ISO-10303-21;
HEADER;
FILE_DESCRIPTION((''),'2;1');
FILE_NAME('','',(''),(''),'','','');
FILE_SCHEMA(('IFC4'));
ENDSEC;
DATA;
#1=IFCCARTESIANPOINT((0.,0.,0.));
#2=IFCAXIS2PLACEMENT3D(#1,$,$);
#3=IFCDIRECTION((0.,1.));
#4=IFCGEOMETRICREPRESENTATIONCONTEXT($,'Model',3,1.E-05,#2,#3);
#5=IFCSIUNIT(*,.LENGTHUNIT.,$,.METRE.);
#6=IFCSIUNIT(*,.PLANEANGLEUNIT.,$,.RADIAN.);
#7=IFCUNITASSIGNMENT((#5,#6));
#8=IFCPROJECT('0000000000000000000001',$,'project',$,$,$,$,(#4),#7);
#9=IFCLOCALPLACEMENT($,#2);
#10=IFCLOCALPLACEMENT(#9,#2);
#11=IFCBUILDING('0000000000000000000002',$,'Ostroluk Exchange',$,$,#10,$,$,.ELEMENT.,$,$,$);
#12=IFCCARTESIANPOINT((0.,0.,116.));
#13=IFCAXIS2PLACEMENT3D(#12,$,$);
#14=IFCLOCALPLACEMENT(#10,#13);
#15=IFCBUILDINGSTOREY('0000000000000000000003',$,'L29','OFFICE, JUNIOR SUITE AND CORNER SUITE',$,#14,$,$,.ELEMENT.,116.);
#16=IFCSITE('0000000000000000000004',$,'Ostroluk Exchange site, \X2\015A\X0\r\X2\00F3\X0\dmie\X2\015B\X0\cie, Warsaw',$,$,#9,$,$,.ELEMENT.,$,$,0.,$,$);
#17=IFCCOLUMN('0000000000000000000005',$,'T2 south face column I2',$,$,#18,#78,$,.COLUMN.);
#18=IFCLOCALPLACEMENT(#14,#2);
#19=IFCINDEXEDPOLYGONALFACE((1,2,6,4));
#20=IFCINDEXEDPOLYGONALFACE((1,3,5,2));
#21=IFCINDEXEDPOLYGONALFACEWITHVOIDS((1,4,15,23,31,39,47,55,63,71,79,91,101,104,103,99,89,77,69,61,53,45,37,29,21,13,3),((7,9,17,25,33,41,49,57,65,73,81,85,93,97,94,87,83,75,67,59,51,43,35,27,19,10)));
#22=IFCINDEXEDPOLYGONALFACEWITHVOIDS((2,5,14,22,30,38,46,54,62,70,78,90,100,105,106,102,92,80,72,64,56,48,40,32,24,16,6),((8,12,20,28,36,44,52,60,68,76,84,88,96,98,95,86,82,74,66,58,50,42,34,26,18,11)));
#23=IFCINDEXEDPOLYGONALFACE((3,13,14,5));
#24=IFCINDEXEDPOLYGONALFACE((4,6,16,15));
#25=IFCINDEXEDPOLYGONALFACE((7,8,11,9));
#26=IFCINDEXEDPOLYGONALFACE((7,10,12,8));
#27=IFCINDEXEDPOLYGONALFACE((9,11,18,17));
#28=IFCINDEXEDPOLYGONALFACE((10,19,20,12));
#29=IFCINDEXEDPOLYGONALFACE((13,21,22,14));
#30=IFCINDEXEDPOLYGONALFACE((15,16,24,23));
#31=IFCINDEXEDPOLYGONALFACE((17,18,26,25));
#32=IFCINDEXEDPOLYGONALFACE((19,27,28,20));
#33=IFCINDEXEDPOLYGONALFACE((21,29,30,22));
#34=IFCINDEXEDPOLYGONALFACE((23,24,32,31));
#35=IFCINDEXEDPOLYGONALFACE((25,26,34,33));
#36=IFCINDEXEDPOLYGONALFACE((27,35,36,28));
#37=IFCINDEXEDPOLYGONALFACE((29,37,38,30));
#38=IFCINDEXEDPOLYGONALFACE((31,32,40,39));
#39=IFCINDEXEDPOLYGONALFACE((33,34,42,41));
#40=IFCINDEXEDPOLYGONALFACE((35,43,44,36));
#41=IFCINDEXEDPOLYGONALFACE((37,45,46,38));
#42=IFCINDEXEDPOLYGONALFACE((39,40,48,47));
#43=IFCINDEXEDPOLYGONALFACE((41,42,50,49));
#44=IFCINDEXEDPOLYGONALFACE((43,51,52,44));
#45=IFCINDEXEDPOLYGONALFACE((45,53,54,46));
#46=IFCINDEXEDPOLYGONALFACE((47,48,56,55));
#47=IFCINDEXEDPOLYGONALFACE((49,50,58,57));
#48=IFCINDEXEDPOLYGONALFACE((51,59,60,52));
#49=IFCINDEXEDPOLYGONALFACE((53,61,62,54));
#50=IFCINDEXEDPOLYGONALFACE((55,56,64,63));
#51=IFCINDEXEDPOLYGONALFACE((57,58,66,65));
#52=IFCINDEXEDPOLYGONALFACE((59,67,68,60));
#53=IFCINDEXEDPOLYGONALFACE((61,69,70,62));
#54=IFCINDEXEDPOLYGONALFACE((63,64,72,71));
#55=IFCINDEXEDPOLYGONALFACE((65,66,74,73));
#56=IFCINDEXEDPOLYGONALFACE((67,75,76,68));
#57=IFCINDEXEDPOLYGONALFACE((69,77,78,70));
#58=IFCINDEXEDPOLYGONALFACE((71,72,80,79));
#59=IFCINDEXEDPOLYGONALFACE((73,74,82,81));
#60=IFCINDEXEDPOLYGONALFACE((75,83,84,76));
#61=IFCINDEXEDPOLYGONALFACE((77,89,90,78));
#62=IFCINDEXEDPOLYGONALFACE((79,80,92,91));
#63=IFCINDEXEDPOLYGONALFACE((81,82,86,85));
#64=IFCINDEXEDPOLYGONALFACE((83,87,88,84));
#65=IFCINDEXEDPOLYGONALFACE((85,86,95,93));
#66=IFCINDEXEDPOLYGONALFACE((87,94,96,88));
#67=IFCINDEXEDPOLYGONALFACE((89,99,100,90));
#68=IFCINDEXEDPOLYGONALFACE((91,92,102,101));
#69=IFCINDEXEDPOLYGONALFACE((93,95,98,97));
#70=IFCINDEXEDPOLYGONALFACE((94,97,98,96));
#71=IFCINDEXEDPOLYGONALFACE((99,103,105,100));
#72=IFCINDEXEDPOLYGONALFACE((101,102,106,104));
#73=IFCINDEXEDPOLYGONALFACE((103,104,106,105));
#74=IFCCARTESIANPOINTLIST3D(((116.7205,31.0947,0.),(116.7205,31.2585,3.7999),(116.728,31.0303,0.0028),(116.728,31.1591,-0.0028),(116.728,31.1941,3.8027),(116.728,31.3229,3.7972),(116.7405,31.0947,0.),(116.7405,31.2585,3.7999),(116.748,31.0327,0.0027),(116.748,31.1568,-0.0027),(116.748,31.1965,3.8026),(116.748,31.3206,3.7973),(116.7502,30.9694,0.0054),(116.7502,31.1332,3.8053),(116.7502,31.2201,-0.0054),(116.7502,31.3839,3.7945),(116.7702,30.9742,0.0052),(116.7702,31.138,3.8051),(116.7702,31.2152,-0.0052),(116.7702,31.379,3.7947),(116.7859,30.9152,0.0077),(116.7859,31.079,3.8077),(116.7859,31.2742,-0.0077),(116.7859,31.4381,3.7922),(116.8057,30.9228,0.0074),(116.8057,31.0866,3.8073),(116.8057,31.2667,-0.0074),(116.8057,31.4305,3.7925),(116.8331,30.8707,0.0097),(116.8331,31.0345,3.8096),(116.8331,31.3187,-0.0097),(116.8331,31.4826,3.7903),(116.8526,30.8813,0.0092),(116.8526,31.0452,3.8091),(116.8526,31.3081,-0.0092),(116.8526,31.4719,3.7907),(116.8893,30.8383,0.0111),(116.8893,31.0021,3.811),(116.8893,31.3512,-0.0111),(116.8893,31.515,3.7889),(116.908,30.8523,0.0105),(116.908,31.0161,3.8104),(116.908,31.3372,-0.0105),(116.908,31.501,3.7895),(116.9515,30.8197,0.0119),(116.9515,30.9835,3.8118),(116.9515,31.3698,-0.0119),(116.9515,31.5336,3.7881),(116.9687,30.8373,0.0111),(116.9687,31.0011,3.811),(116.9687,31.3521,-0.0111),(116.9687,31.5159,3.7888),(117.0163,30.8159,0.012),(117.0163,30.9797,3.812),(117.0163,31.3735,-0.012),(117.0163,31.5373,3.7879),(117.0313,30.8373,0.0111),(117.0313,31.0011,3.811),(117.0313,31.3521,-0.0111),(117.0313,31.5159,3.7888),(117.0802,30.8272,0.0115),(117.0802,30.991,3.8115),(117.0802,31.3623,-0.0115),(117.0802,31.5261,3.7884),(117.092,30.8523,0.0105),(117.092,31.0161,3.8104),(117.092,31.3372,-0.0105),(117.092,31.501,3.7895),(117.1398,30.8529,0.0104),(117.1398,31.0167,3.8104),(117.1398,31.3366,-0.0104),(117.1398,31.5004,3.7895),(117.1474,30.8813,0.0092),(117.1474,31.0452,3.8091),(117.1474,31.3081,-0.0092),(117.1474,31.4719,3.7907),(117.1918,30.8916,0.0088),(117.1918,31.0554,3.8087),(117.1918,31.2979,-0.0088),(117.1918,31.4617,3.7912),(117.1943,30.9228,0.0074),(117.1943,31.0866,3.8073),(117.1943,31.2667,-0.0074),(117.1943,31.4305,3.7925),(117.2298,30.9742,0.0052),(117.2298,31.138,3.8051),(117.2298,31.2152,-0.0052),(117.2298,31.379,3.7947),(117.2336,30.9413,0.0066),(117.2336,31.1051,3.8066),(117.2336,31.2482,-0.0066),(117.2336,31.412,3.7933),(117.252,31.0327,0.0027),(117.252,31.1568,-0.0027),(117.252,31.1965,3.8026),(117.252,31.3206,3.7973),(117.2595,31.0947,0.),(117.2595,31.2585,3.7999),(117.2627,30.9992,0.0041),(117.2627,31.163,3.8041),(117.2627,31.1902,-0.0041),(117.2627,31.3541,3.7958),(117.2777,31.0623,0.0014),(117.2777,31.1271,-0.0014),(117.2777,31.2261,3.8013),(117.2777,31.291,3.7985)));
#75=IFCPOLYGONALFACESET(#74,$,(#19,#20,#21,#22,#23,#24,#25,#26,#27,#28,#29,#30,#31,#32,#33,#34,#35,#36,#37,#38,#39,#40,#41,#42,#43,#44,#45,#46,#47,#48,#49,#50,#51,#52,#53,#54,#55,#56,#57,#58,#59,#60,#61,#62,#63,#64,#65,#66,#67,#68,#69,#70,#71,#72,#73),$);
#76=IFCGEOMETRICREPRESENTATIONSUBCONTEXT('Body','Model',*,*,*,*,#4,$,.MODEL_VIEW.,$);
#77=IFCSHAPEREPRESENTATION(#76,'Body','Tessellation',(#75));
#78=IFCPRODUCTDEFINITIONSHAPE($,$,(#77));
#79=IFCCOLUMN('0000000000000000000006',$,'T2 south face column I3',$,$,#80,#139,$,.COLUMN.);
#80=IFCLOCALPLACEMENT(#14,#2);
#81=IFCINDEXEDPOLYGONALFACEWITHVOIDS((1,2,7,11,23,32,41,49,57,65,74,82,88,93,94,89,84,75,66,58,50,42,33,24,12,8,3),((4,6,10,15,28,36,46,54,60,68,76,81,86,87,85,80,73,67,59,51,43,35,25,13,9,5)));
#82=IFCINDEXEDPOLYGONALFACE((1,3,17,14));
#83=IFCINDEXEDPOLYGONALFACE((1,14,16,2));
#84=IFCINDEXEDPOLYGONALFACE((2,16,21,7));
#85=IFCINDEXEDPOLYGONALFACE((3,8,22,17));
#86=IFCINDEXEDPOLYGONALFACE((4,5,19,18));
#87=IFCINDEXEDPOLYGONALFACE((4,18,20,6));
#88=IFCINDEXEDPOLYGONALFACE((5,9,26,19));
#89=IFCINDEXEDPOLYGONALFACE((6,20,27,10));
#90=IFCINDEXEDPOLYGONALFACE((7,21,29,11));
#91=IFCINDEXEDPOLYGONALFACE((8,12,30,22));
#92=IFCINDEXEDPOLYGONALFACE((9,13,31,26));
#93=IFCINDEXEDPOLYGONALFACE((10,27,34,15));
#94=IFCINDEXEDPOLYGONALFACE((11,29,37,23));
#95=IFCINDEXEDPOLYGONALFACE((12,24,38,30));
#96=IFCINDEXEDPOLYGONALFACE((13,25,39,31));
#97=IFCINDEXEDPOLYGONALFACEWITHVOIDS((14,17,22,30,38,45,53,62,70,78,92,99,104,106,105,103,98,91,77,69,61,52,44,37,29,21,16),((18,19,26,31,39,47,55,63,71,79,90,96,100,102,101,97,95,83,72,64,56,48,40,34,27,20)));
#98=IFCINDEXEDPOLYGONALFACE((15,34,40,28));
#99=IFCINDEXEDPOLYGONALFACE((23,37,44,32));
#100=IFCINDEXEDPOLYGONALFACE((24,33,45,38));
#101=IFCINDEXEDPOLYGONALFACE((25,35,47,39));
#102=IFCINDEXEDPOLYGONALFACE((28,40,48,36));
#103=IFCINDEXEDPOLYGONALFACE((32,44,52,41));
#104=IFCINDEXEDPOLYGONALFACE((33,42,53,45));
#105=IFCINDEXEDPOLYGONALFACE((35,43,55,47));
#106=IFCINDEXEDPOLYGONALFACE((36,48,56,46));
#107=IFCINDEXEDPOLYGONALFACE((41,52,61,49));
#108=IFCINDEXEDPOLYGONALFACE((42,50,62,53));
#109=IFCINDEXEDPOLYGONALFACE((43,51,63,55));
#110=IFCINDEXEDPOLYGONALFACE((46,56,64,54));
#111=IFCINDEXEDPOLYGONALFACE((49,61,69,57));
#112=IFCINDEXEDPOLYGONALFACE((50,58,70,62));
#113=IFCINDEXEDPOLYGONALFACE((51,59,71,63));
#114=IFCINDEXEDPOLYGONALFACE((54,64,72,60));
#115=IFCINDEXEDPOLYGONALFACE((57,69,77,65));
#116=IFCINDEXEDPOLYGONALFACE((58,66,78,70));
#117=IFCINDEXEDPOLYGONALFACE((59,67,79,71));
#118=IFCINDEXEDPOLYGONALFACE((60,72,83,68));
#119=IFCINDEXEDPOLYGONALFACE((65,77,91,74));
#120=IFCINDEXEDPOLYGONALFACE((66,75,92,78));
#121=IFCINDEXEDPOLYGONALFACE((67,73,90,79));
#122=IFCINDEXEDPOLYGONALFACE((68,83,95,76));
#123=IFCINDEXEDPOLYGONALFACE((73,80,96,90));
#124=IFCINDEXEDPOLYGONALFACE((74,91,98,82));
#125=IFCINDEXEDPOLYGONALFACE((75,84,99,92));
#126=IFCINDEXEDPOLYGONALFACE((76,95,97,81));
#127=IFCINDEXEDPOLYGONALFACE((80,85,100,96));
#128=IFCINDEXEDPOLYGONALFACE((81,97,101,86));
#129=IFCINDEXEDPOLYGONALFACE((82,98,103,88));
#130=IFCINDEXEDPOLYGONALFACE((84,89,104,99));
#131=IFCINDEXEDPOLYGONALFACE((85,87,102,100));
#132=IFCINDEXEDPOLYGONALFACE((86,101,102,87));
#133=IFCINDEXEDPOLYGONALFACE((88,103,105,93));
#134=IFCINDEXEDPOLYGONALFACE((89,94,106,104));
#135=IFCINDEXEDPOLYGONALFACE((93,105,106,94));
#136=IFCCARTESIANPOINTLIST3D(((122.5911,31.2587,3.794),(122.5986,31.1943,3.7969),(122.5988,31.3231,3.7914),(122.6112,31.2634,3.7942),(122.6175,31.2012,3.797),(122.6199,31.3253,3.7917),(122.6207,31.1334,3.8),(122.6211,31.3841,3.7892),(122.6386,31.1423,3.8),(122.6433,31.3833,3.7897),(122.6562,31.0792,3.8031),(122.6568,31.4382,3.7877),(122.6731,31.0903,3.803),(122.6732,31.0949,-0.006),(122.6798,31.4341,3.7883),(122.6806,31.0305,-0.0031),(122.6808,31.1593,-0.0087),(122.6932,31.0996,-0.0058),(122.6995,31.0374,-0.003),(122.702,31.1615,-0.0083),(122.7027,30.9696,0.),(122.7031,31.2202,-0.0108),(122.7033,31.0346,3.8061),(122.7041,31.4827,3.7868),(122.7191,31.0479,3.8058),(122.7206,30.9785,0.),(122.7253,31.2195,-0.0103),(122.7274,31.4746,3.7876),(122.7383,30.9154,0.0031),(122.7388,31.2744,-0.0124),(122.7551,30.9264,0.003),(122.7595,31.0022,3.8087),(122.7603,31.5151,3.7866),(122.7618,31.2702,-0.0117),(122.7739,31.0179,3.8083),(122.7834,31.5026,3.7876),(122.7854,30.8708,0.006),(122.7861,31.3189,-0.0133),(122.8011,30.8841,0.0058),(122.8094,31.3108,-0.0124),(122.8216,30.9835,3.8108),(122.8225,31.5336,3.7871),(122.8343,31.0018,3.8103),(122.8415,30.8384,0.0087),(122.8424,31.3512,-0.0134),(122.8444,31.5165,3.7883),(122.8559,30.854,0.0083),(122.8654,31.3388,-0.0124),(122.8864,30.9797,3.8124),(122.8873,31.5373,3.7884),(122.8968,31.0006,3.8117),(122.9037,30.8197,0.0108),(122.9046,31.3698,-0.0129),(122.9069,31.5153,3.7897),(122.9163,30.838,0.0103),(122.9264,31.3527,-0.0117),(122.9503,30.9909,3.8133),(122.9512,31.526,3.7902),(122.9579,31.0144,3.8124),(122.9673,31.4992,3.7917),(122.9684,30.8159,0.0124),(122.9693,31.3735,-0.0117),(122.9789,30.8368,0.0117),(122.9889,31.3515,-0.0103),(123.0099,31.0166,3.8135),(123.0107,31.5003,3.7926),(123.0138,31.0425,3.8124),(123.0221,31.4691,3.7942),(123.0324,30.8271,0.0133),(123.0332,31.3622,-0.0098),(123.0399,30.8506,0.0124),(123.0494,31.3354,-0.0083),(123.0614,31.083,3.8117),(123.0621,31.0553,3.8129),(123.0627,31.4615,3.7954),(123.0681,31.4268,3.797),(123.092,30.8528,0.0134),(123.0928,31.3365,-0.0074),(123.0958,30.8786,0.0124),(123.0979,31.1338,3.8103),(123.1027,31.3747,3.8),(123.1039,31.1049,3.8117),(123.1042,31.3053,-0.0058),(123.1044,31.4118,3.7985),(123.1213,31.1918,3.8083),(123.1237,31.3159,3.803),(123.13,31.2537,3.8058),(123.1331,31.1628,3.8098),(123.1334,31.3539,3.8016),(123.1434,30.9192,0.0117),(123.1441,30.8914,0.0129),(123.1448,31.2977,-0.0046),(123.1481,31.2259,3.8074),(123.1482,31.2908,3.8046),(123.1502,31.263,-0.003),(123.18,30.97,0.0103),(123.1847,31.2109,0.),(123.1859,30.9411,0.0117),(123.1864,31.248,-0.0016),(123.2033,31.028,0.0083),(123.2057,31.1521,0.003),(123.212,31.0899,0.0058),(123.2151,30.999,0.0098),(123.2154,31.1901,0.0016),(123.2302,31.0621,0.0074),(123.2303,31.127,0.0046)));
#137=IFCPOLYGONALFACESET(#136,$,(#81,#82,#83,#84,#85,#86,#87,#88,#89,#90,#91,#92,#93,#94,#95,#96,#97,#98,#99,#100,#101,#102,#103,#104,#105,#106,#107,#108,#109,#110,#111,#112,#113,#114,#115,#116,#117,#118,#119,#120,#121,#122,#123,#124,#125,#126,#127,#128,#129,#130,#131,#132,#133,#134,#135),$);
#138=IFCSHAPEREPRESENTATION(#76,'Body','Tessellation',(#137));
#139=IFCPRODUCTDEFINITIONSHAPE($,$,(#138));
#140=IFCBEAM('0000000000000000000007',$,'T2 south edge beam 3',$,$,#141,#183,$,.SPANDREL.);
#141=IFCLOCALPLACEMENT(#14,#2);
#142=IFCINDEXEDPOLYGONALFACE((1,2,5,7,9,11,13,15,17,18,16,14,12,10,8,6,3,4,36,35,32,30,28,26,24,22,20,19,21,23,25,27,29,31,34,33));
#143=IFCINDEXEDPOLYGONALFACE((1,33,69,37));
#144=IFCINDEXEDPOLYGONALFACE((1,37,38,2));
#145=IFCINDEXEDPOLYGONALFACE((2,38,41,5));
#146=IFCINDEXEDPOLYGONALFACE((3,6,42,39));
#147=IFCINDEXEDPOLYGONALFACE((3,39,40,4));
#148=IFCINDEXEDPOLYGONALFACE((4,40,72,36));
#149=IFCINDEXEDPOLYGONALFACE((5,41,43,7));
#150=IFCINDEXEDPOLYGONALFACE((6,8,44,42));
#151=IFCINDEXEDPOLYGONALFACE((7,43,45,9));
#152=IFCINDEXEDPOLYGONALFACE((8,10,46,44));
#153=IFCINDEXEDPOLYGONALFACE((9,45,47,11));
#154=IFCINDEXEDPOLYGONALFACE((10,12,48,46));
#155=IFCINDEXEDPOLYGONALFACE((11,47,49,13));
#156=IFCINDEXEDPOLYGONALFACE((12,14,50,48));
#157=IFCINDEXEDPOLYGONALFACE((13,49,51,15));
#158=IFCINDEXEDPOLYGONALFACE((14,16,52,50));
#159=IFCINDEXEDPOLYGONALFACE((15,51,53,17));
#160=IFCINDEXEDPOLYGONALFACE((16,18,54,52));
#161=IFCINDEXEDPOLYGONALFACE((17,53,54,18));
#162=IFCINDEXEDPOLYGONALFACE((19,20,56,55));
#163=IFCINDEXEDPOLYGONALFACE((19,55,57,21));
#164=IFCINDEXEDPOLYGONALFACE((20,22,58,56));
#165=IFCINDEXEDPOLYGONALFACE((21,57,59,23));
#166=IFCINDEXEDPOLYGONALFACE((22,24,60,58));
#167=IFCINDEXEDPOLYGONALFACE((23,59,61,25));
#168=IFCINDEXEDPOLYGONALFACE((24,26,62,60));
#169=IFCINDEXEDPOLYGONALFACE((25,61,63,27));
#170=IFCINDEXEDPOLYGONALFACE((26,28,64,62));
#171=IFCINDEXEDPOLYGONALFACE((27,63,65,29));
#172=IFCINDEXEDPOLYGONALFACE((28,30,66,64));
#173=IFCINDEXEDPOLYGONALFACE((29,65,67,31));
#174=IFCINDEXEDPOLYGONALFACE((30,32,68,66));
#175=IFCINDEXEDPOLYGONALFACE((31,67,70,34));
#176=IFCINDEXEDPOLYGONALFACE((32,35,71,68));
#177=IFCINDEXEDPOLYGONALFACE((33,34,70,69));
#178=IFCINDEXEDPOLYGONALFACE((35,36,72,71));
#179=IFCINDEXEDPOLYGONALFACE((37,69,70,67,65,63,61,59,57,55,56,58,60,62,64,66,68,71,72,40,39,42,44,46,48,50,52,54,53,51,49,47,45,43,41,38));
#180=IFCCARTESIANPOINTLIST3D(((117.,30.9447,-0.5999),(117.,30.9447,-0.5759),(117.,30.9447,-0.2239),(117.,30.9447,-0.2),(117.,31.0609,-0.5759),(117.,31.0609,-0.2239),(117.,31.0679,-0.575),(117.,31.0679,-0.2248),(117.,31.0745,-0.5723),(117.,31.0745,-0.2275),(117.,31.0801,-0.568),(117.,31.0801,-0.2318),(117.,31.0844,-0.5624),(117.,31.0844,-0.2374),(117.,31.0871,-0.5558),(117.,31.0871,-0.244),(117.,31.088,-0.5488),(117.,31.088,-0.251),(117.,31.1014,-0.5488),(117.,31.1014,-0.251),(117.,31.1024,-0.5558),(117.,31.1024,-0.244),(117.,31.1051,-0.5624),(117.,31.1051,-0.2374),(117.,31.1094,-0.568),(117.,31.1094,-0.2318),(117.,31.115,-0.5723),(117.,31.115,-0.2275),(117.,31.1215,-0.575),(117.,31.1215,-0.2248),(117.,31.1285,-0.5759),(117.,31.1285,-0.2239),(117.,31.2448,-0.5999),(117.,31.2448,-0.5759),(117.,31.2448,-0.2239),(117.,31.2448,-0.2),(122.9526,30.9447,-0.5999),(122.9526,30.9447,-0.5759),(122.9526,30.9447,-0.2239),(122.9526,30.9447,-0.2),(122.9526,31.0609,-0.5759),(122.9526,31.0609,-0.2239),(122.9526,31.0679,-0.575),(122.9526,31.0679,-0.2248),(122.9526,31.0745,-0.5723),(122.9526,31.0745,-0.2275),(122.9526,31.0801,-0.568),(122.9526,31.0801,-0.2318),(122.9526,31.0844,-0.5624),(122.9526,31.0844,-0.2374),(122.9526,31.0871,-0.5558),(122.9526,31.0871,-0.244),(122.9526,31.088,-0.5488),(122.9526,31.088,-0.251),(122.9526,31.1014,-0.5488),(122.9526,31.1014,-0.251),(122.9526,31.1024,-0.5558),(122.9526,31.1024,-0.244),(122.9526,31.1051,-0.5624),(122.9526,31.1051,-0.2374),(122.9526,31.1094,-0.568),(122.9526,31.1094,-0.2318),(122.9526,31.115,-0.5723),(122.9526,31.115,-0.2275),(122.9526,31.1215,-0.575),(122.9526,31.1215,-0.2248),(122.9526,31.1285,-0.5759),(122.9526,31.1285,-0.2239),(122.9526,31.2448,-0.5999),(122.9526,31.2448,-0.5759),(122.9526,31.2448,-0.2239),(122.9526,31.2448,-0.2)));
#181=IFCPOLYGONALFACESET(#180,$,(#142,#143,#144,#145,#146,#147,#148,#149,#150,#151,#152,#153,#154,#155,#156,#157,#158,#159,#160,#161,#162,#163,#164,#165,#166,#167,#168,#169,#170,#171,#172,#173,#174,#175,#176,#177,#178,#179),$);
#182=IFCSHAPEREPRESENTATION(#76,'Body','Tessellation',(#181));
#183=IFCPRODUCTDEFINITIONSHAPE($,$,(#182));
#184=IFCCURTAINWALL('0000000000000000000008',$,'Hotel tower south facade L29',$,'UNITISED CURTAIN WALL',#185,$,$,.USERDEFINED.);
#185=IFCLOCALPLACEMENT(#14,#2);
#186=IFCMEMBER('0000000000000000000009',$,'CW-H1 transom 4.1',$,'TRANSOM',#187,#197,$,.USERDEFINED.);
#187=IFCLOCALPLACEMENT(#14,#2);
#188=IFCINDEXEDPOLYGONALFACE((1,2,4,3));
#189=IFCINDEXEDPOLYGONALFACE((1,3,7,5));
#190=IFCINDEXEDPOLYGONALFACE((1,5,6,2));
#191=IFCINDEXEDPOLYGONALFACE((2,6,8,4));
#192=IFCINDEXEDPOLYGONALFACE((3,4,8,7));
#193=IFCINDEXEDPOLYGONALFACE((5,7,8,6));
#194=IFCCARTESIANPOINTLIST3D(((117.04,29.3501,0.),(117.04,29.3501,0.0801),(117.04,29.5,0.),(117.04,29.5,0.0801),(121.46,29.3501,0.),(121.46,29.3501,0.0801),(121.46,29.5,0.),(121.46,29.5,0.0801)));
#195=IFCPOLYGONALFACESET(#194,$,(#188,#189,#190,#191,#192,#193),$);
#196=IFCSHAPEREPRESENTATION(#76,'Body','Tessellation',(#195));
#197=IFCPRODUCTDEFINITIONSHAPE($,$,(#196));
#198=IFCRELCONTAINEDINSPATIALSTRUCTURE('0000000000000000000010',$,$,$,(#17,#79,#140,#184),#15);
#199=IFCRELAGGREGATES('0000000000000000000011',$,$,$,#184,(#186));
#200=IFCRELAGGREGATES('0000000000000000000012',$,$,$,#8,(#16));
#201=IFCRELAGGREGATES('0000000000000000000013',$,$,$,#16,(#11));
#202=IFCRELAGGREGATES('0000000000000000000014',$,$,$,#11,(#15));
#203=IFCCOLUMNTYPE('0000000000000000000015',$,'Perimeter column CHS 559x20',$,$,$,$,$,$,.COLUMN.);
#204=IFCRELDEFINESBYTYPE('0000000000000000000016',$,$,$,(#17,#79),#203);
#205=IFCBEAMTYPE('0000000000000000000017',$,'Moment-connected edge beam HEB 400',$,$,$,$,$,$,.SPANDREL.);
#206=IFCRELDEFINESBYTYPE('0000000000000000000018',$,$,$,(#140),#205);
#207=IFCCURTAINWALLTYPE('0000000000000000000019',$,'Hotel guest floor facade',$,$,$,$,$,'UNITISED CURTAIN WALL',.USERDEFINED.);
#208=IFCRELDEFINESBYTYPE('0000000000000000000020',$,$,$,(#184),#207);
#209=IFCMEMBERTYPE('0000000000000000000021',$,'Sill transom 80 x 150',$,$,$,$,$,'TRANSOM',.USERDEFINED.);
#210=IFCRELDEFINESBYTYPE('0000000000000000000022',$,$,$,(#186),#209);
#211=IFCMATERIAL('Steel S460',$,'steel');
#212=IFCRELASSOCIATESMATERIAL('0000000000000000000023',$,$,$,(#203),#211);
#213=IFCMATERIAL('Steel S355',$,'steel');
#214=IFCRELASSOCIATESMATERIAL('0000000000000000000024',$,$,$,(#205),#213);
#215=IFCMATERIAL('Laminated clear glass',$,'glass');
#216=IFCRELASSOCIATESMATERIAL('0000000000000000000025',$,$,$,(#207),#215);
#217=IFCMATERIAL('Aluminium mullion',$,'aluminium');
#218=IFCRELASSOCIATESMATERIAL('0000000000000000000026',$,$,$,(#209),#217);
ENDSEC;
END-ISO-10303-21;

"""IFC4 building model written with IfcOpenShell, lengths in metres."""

from ifc_helpers import new_model, si_unit, direction, frame, origin, origin_2d, place, context, subcontext, project, spatial, rectangle, hollow_circle, i_section, extrude, material, material_profile, profile_set, type_object, element, aggregate, save


model = new_model("IFC4")

# Units and contexts
model_context = context("Model", 3, precision=1e-05, world=origin(), true_north=direction((0.0, 1.0)))
body_context = subcontext(model_context, "Body", "Model", "MODEL_VIEW")
ifc_project = project(units=[si_unit("LENGTHUNIT", "METRE"), si_unit("PLANEANGLEUNIT", "RADIAN")], contexts=[model_context])

# Site, building, storey
site_placement = place(None, origin())
site = spatial("IfcSite", under=ifc_project, at=site_placement, Name="Ostroluk Exchange site, Śródmieście, Warsaw", CompositionType="ELEMENT", RefElevation=0.0)
building_placement = place(site_placement, origin())
building = spatial("IfcBuilding", under=site, at=building_placement, Name="Ostroluk Exchange", CompositionType="ELEMENT")
storey_placement = place(building_placement, frame((0.0, 0.0, 116.0)))
storey = spatial("IfcBuildingStorey", under=building, at=storey_placement, Name="L29", Description="OFFICE, JUNIOR SUITE AND CORNER SUITE", CompositionType="ELEMENT", Elevation=116.0)

# Columns
ifc_material_1 = material(Name="Steel S460", Category="steel")
ifc_material_profile_1 = material_profile(ifc_material_1, hollow_circle(Radius=0.2795, WallThickness=0.02, at=origin_2d()), Name="CHS 559x20")
ifc_profile_set_1 = profile_set([ifc_material_profile_1], Name="Steel S460")
column_type = type_object("IfcColumnType", Name="Perimeter column CHS 559x20", PredefinedType="COLUMN", material=ifc_profile_set_1)
column_1_placement = place(storey_placement, frame((117.0, 31.0947, 0.0), z_axis=(0.0, 0.04307, 0.999072), x_axis=(-1.0, 0.0, 0.0)))
element("IfcColumn", 1, at=column_1_placement, inside=storey, type_object=column_type, Name="T2 south face column I2", PredefinedType="COLUMN", context=body_context, shape_type="SweptSolid", body=[
    extrude(hollow_circle(Radius=0.2795, WallThickness=0.02, at=origin_2d()), origin(), (0.0, 0.0, 1.0), 3.8035),
])
column_2_placement = place(storey_placement, frame((122.9526, 31.0947, 0.0), z_axis=(-0.021562, 0.04306, 0.99884), x_axis=(-0.894161, -0.447747, 0.0)))
element("IfcColumn", 2, at=column_2_placement, inside=storey, type_object=column_type, Name="T2 south face column I3", PredefinedType="COLUMN", context=body_context, shape_type="SweptSolid", body=[
    extrude(hollow_circle(Radius=0.2795, WallThickness=0.02, at=origin_2d()), origin(), (0.0, 0.0, 1.0), 3.8044),
])

# Beam
ifc_material_2 = material(Name="Steel S355", Category="steel")
ifc_material_profile_2 = material_profile(ifc_material_2, i_section(OverallWidth=0.3, OverallDepth=0.3999, WebThickness=0.0134, FlangeThickness=0.0239, FilletRadius=0.0271, at=origin_2d()), Name="HEB 400")
ifc_profile_set_2 = profile_set([ifc_material_profile_2], Name="Steel S355")
beam_type = type_object("IfcBeamType", Name="Moment-connected edge beam HEB 400", PredefinedType="SPANDREL", material=ifc_profile_set_2)
beam_placement = place(storey_placement, frame((117.0, 31.0947, -0.3999), z_axis=(1.0, 0.0, 0.0), x_axis=(0.0, 1.0, 0.0)))
element("IfcBeam", 3, at=beam_placement, inside=storey, type_object=beam_type, Name="T2 south edge beam 3", PredefinedType="SPANDREL", context=body_context, shape_type="SweptSolid", body=[
    extrude(i_section(OverallWidth=0.3, OverallDepth=0.3999, WebThickness=0.0134, FlangeThickness=0.0239, FilletRadius=0.0271, at=origin_2d()), origin(), (0.0, 0.0, 1.0), 5.9526),
])

# Curtain wall, member
ifc_material_3 = material(Name="Laminated clear glass", Category="glass")
curtain_wall_type = type_object("IfcCurtainWallType", Name="Hotel guest floor facade", ElementType="UNITISED CURTAIN WALL", PredefinedType="USERDEFINED", material=ifc_material_3)
curtain_wall_placement = place(storey_placement, origin())
curtain_wall = element("IfcCurtainWall", 4, at=curtain_wall_placement, inside=storey, type_object=curtain_wall_type, Name="Hotel tower south facade L29", ObjectType="UNITISED CURTAIN WALL", PredefinedType="USERDEFINED")
ifc_material_4 = material(Name="Aluminium mullion", Category="aluminium")
ifc_material_profile_3 = material_profile(ifc_material_4, rectangle(XDim=0.1499, YDim=0.0801, at=origin_2d()), Name="Sill transom 80 x 150")
ifc_profile_set_3 = profile_set([ifc_material_profile_3], Name="Aluminium mullion")
member_type_1 = type_object("IfcMemberType", Name="Sill transom 80 x 150", ElementType="TRANSOM", PredefinedType="USERDEFINED", material=ifc_profile_set_3)
member_1_placement = place(storey_placement, frame((117.04, 29.425, 0.04), z_axis=(1.0, 0.0, 0.0), x_axis=(0.0, 1.0, 0.0)))
member_1 = element("IfcMember", 5, at=member_1_placement, type_object=member_type_1, Name="CW-H1 transom 4.1", ObjectType="TRANSOM", PredefinedType="USERDEFINED", context=body_context, shape_type="SweptSolid", body=[
    extrude(rectangle(XDim=0.1499, YDim=0.0801, at=origin_2d()), origin(), (0.0, 0.0, 1.0), 4.4199),
])
aggregate(curtain_wall, [member_1])

save(model, "model.ifc")
